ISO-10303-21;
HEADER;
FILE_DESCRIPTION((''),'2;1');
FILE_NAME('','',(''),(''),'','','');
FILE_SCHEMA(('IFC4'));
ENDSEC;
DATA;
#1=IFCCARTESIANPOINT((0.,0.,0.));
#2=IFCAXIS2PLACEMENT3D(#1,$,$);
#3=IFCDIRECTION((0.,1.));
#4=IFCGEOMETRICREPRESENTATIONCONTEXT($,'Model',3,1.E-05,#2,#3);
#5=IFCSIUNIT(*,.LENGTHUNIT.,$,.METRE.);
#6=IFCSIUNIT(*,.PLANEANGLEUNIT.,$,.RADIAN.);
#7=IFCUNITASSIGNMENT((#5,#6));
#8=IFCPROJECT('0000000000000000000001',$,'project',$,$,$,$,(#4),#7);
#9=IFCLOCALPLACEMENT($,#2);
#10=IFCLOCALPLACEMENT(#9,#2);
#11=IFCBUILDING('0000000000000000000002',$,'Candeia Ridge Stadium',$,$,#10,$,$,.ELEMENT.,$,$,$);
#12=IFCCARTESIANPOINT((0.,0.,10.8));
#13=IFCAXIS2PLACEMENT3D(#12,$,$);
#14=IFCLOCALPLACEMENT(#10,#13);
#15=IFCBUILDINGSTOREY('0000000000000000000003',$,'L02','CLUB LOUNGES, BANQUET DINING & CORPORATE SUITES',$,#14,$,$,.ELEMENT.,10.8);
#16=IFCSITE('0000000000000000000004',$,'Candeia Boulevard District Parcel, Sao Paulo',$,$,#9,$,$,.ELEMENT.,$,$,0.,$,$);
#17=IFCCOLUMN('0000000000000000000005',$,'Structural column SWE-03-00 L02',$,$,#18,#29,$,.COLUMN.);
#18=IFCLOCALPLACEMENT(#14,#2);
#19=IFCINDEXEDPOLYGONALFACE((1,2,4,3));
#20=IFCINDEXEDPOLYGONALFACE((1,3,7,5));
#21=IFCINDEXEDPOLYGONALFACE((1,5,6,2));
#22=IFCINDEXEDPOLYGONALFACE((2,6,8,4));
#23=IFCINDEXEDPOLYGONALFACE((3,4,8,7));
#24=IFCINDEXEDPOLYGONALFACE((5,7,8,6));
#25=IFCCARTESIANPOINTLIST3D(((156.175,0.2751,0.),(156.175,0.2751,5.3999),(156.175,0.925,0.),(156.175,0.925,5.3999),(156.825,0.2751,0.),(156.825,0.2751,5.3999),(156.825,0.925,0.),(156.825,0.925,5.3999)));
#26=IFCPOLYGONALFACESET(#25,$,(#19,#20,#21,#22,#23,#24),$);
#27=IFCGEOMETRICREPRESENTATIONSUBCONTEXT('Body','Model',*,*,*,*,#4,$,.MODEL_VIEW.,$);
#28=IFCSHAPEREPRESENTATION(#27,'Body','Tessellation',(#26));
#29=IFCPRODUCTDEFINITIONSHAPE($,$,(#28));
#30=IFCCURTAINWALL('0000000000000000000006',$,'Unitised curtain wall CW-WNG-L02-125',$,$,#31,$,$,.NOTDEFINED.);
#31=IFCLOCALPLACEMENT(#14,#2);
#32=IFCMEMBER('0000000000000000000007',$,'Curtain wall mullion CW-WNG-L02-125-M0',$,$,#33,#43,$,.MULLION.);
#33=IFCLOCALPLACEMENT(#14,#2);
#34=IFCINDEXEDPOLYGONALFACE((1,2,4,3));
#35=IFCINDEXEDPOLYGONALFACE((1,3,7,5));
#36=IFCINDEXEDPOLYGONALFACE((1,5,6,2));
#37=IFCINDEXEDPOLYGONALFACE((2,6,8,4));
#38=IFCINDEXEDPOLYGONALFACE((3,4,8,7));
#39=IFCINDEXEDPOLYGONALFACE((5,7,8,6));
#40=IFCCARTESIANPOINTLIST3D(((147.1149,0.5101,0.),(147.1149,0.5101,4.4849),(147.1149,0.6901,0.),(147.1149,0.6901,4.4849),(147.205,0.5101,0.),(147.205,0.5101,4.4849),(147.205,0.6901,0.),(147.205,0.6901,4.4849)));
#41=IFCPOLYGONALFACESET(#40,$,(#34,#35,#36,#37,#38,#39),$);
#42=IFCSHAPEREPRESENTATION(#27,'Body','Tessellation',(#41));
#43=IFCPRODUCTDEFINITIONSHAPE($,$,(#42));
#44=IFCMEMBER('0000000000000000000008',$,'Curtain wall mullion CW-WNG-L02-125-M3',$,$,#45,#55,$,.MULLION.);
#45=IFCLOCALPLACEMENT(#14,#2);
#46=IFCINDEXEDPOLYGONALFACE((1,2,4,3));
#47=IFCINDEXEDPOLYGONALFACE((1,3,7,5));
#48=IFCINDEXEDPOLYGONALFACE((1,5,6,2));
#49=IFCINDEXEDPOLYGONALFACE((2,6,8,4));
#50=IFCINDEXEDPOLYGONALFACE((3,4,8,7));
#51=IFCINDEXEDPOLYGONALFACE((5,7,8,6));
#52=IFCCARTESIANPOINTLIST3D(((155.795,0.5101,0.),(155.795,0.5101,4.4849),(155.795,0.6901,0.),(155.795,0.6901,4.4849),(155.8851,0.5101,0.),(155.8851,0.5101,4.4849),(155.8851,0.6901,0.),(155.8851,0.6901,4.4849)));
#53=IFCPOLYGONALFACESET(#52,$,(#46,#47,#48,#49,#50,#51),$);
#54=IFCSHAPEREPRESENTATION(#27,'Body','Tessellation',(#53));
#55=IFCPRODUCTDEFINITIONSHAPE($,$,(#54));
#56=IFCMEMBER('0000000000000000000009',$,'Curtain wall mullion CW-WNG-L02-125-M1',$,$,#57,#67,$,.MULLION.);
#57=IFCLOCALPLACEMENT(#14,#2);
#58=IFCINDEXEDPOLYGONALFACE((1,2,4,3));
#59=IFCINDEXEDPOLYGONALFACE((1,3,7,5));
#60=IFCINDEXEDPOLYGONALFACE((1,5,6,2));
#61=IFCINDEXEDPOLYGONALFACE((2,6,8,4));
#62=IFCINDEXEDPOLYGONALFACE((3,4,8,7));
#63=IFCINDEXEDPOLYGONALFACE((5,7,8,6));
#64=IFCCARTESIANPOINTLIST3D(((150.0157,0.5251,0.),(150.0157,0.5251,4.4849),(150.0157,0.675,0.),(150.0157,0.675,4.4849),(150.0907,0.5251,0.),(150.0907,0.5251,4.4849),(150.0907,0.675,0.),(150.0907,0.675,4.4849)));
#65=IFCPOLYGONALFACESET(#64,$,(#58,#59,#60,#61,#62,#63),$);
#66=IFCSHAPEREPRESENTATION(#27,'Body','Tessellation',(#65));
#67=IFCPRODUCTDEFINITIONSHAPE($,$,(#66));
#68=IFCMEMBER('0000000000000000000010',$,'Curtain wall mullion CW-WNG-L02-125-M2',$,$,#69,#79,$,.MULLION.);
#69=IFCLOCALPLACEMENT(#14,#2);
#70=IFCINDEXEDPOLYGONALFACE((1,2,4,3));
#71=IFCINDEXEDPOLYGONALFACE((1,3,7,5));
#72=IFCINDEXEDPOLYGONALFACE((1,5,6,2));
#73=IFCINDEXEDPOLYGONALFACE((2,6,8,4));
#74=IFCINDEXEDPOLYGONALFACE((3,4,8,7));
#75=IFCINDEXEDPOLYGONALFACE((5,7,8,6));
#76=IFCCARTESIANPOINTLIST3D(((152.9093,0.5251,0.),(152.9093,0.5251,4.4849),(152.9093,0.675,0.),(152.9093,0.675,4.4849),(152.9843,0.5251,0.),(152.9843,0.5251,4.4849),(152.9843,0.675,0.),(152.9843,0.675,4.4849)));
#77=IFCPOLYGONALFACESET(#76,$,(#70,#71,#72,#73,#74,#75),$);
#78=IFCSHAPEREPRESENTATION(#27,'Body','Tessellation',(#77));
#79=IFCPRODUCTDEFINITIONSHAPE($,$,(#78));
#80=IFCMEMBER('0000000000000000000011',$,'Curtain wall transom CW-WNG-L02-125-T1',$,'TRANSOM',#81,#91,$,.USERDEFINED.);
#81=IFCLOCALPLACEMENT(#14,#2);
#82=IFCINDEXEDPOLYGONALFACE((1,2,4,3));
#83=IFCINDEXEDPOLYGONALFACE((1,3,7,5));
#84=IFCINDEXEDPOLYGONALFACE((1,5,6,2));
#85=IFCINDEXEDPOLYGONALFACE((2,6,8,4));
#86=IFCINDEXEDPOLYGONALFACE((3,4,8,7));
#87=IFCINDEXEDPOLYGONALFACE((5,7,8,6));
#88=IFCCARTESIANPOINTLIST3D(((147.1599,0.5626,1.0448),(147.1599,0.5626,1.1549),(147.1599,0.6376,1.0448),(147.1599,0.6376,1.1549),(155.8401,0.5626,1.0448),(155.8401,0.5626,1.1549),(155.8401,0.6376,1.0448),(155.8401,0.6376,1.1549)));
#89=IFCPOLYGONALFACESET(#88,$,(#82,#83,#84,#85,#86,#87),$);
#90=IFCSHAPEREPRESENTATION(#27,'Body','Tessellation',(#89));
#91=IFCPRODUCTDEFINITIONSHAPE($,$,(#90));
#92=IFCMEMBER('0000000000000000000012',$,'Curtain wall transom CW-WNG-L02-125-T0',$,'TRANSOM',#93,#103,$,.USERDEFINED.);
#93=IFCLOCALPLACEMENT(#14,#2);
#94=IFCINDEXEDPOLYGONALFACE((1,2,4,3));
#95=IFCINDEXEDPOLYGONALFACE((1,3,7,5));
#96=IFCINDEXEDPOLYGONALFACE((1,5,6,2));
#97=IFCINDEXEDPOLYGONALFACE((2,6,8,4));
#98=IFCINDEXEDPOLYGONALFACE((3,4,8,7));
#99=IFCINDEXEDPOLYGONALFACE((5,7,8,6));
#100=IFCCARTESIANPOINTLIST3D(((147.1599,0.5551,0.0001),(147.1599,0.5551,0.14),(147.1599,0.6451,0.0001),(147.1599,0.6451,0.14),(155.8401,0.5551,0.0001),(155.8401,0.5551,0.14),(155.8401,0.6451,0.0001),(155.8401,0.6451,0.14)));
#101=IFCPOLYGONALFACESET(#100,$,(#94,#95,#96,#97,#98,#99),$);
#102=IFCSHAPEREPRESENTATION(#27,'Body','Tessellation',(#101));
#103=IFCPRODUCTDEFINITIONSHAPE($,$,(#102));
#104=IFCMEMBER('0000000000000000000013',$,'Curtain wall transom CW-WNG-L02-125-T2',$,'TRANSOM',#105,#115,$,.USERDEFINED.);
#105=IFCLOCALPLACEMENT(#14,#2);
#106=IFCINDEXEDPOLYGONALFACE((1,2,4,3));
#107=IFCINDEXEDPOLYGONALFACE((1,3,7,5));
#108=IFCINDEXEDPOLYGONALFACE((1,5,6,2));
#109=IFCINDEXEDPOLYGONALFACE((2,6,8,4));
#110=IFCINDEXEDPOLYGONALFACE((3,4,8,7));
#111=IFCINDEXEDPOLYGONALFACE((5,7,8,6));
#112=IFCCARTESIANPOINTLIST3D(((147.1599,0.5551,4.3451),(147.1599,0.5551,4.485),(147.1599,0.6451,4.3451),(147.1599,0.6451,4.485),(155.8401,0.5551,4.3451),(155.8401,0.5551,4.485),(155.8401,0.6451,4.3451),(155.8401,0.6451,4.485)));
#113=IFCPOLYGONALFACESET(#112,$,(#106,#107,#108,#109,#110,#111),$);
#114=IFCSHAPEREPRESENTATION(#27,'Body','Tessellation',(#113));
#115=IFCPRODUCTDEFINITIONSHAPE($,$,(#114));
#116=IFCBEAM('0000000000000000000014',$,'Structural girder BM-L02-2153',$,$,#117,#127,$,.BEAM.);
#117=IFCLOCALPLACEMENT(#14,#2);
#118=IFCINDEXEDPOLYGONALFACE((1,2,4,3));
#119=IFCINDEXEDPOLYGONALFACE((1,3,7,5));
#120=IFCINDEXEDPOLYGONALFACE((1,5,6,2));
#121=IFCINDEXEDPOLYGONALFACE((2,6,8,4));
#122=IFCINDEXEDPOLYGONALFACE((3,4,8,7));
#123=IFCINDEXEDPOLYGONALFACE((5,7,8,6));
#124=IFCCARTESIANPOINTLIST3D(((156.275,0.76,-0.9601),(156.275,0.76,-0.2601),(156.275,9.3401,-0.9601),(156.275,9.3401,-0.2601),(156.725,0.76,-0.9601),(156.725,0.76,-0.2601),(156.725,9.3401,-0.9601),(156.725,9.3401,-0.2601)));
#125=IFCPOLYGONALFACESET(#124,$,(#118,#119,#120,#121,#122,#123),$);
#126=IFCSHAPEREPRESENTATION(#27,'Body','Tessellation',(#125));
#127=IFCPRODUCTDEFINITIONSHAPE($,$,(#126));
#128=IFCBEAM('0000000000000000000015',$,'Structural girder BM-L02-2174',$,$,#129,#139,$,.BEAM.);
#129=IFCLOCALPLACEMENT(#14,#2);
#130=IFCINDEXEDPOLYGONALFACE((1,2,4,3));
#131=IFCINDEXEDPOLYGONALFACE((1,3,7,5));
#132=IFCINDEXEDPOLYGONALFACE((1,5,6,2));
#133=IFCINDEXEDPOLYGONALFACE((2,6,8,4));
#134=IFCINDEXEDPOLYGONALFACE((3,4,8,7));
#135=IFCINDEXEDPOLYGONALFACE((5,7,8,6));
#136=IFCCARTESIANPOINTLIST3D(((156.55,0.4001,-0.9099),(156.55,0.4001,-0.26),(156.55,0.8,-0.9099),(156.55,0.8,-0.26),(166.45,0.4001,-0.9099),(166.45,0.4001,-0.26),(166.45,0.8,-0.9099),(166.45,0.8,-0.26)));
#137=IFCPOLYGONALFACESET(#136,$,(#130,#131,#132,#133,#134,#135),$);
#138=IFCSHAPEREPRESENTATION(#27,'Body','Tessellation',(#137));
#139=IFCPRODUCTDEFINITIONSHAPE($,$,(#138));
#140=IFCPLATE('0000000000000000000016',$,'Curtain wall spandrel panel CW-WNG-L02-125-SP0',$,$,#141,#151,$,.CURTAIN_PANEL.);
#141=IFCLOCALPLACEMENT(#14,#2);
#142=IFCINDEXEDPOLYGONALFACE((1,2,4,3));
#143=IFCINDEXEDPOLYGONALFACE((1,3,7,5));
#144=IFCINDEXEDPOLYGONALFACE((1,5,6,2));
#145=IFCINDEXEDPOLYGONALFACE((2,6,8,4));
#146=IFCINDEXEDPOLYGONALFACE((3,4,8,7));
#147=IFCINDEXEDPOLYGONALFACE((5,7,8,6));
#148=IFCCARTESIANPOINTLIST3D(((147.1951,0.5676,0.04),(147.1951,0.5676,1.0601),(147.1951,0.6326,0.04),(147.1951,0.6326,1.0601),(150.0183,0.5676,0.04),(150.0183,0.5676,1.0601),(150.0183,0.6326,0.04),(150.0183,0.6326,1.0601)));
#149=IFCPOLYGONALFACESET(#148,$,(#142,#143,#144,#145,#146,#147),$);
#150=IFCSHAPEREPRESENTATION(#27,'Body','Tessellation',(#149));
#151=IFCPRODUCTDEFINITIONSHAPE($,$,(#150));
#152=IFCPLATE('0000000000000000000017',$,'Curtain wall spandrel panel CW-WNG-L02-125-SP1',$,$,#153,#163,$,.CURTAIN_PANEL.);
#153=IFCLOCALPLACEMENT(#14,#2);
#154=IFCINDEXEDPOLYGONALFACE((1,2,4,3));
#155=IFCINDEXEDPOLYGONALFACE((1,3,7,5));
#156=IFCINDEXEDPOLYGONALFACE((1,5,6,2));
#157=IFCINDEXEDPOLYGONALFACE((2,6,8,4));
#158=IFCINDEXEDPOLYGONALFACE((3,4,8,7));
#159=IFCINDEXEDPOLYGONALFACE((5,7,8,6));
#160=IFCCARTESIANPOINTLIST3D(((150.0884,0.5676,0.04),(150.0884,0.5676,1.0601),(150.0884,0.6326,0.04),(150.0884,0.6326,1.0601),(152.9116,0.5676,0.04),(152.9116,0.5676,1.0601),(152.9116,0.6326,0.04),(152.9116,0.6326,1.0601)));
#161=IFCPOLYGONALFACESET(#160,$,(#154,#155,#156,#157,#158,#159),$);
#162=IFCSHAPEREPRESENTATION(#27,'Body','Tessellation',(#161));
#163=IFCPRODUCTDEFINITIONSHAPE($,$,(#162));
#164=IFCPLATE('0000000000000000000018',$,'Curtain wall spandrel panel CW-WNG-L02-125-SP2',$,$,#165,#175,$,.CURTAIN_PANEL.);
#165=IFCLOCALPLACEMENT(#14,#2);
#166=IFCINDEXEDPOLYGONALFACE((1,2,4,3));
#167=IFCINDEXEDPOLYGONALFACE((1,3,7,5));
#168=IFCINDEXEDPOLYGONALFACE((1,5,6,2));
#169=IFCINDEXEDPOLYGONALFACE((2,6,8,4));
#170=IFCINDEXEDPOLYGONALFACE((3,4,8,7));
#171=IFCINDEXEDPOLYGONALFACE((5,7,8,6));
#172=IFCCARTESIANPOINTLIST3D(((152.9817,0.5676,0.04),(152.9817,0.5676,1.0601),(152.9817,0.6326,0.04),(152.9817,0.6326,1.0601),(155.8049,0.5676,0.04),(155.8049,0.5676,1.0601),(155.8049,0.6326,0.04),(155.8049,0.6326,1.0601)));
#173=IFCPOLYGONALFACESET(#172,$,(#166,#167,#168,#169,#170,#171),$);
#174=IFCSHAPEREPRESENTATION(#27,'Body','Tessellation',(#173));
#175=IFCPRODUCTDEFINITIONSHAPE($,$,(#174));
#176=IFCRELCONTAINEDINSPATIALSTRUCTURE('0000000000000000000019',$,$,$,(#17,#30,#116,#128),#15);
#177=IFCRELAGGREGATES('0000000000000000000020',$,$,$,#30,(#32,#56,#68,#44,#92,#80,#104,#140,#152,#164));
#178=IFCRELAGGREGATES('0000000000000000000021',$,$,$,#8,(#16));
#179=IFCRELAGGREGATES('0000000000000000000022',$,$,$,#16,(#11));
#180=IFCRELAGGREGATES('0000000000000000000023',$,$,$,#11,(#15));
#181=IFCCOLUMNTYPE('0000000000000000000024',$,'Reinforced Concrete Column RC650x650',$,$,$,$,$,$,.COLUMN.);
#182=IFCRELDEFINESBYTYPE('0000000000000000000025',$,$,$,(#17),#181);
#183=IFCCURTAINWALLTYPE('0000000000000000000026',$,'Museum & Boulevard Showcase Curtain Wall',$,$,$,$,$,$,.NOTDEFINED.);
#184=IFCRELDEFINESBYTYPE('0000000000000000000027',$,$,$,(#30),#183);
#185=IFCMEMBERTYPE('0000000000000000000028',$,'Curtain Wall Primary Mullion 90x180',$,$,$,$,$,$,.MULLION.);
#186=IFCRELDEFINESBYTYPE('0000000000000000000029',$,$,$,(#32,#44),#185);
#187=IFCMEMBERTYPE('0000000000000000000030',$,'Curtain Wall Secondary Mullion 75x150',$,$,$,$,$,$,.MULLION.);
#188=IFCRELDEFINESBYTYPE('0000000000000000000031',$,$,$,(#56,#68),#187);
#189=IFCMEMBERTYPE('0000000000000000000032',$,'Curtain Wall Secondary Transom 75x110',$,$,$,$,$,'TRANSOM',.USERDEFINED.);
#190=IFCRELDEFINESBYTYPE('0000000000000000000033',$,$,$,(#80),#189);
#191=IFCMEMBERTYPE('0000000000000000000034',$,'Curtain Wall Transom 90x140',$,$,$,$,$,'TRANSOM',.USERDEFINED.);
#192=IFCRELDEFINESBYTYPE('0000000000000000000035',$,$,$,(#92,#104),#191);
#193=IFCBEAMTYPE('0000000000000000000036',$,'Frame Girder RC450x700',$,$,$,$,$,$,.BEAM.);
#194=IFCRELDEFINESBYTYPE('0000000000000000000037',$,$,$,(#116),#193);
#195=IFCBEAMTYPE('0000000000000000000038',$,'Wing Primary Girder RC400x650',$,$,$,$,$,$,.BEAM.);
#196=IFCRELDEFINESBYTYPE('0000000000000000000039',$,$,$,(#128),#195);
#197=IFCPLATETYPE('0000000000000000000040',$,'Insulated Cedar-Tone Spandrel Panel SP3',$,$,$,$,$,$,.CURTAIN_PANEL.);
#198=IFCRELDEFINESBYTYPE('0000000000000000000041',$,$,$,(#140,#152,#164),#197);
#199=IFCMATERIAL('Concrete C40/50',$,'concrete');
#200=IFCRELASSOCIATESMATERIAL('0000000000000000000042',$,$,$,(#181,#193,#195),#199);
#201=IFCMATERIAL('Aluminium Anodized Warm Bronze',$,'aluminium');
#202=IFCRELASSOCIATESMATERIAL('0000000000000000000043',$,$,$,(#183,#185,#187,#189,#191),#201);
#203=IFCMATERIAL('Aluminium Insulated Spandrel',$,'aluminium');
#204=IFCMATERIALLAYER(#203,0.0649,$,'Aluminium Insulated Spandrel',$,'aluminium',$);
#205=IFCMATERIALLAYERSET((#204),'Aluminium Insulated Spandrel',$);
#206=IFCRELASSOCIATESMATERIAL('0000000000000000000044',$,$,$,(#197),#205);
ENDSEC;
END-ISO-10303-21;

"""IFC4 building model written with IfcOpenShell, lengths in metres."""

from ifc_helpers import new_model, si_unit, direction, frame, origin, origin_2d, place, context, subcontext, project, spatial, rectangle, extrude, material, layer, layer_set, material_profile, profile_set, type_object, element, aggregate, save


model = new_model("IFC4")

# Units and contexts
model_context = context("Model", 3, precision=1e-05, world=origin(), true_north=direction((0.0, 1.0)))
body_context = subcontext(model_context, "Body", "Model", "MODEL_VIEW")
ifc_project = project(units=[si_unit("LENGTHUNIT", "METRE"), si_unit("PLANEANGLEUNIT", "RADIAN")], contexts=[model_context])

# Site, building, storey
site_placement = place(None, origin())
site = spatial("IfcSite", under=ifc_project, at=site_placement, Name="Candeia Boulevard District Parcel, Sao Paulo", CompositionType="ELEMENT", RefElevation=0.0)
building_placement = place(site_placement, origin())
building = spatial("IfcBuilding", under=site, at=building_placement, Name="Candeia Ridge Stadium", CompositionType="ELEMENT")
storey_placement = place(building_placement, frame((0.0, 0.0, 10.8)))
storey = spatial("IfcBuildingStorey", under=building, at=storey_placement, Name="L02", Description="CLUB LOUNGES, BANQUET DINING & CORPORATE SUITES", CompositionType="ELEMENT", Elevation=10.8)

# Column
ifc_material_1 = material(Name="Concrete C40/50", Category="concrete")
ifc_material_profile_1 = material_profile(ifc_material_1, rectangle(XDim=0.6499, YDim=0.6499, at=origin_2d()), Name="RC650x650", Category="concrete")
ifc_profile_set_1 = profile_set([ifc_material_profile_1], Name="Concrete C40/50")
column_type = type_object("IfcColumnType", Name="Reinforced Concrete Column RC650x650", PredefinedType="COLUMN", material=ifc_profile_set_1)
column_placement = place(storey_placement, frame((156.5, 0.6001, 0.0), z_axis=(0.0, 0.0, 1.0), x_axis=(1.0, 0.0, 0.0)))
element("IfcColumn", 1, at=column_placement, inside=storey, type_object=column_type, Name="Structural column SWE-03-00 L02", PredefinedType="COLUMN", context=body_context, shape_type="SweptSolid", body=[
    extrude(rectangle(XDim=0.6499, YDim=0.6499, at=origin_2d()), origin(), (0.0, 0.0, 1.0), 5.3999),
])

# Curtain wall, members
ifc_material_2 = material(Name="Aluminium Anodized Warm Bronze", Category="aluminium")
curtain_wall_type = type_object("IfcCurtainWallType", Name="Museum & Boulevard Showcase Curtain Wall", PredefinedType="NOTDEFINED", material=ifc_material_2)
curtain_wall_placement = place(storey_placement, origin())
curtain_wall = element("IfcCurtainWall", 2, at=curtain_wall_placement, inside=storey, type_object=curtain_wall_type, Name="Unitised curtain wall CW-WNG-L02-125", PredefinedType="NOTDEFINED")
ifc_material_profile_2 = material_profile(ifc_material_2, rectangle(XDim=0.0901, YDim=0.1799, at=origin_2d()), Name="CWM-90x180", Category="aluminium")
ifc_profile_set_2 = profile_set([ifc_material_profile_2], Name="Aluminium Anodized Warm Bronze")
member_type_1 = type_object("IfcMemberType", Name="Curtain Wall Primary Mullion 90x180", PredefinedType="MULLION", material=ifc_profile_set_2)
member_1_placement = place(storey_placement, frame((147.1599, 0.6001, 0.0), z_axis=(0.0, 0.0, 1.0), x_axis=(1.0, 0.0, 0.0)))
member_1 = element("IfcMember", 3, at=member_1_placement, type_object=member_type_1, Name="Curtain wall mullion CW-WNG-L02-125-M0", PredefinedType="MULLION", context=body_context, shape_type="SweptSolid", body=[
    extrude(rectangle(XDim=0.0901, YDim=0.1799, at=origin_2d()), origin(), (0.0, 0.0, 1.0), 4.4849),
])
member_2_placement = place(storey_placement, frame((155.8401, 0.6001, 0.0), z_axis=(0.0, 0.0, 1.0), x_axis=(1.0, 0.0, 0.0)))
member_2 = element("IfcMember", 4, at=member_2_placement, type_object=member_type_1, Name="Curtain wall mullion CW-WNG-L02-125-M3", PredefinedType="MULLION", context=body_context, shape_type="SweptSolid", body=[
    extrude(rectangle(XDim=0.0901, YDim=0.1799, at=origin_2d()), origin(), (0.0, 0.0, 1.0), 4.4849),
])
ifc_material_profile_3 = material_profile(ifc_material_2, rectangle(XDim=0.075, YDim=0.1499, at=origin_2d()), Name="CWM-75x150", Category="aluminium")
ifc_profile_set_3 = profile_set([ifc_material_profile_3], Name="Aluminium Anodized Warm Bronze")
member_type_2 = type_object("IfcMemberType", Name="Curtain Wall Secondary Mullion 75x150", PredefinedType="MULLION", material=ifc_profile_set_3)
member_3_placement = place(storey_placement, frame((150.0532, 0.6001, 0.0), z_axis=(0.0, 0.0, 1.0), x_axis=(1.0, 0.0, 0.0)))
member_3 = element("IfcMember", 5, at=member_3_placement, type_object=member_type_2, Name="Curtain wall mullion CW-WNG-L02-125-M1", PredefinedType="MULLION", context=body_context, shape_type="SweptSolid", body=[
    extrude(rectangle(XDim=0.075, YDim=0.1499, at=origin_2d()), origin(), (0.0, 0.0, 1.0), 4.4849),
])
member_4_placement = place(storey_placement, frame((152.9468, 0.6001, 0.0), z_axis=(0.0, 0.0, 1.0), x_axis=(1.0, 0.0, 0.0)))
member_4 = element("IfcMember", 6, at=member_4_placement, type_object=member_type_2, Name="Curtain wall mullion CW-WNG-L02-125-M2", PredefinedType="MULLION", context=body_context, shape_type="SweptSolid", body=[
    extrude(rectangle(XDim=0.075, YDim=0.1499, at=origin_2d()), origin(), (0.0, 0.0, 1.0), 4.4849),
])
ifc_material_profile_4 = material_profile(ifc_material_2, rectangle(XDim=0.075, YDim=0.1101, at=origin_2d()), Name="CWT-75x110", Category="aluminium")
ifc_profile_set_4 = profile_set([ifc_material_profile_4], Name="Aluminium Anodized Warm Bronze")
member_type_3 = type_object("IfcMemberType", Name="Curtain Wall Secondary Transom 75x110", ElementType="TRANSOM", PredefinedType="USERDEFINED", material=ifc_profile_set_4)
member_5_placement = place(storey_placement, frame((147.1599, 0.6001, 1.0999), z_axis=(1.0, 0.0, 0.0), x_axis=(0.0, 1.0, 0.0)))
member_5 = element("IfcMember", 7, at=member_5_placement, type_object=member_type_3, Name="Curtain wall transom CW-WNG-L02-125-T1", ObjectType="TRANSOM", PredefinedType="USERDEFINED", context=body_context, shape_type="SweptSolid", body=[
    extrude(rectangle(XDim=0.075, YDim=0.1101, at=origin_2d()), origin(), (0.0, 0.0, 1.0), 8.6802),
])
ifc_material_profile_5 = material_profile(ifc_material_2, rectangle(XDim=0.0901, YDim=0.1399, at=origin_2d()), Name="CWT-90x140", Category="aluminium")
ifc_profile_set_5 = profile_set([ifc_material_profile_5], Name="Aluminium Anodized Warm Bronze")
member_type_4 = type_object("IfcMemberType", Name="Curtain Wall Transom 90x140", ElementType="TRANSOM", PredefinedType="USERDEFINED", material=ifc_profile_set_5)
member_6_placement = place(storey_placement, frame((147.1599, 0.6001, 0.0701), z_axis=(1.0, 0.0, 0.0), x_axis=(0.0, 1.0, 0.0)))
member_6 = element("IfcMember", 8, at=member_6_placement, type_object=member_type_4, Name="Curtain wall transom CW-WNG-L02-125-T0", ObjectType="TRANSOM", PredefinedType="USERDEFINED", context=body_context, shape_type="SweptSolid", body=[
    extrude(rectangle(XDim=0.0901, YDim=0.1399, at=origin_2d()), origin(), (0.0, 0.0, 1.0), 8.6802),
])
member_7_placement = place(storey_placement, frame((147.1599, 0.6001, 4.415), z_axis=(1.0, 0.0, 0.0), x_axis=(0.0, 1.0, 0.0)))
member_7 = element("IfcMember", 9, at=member_7_placement, type_object=member_type_4, Name="Curtain wall transom CW-WNG-L02-125-T2", ObjectType="TRANSOM", PredefinedType="USERDEFINED", context=body_context, shape_type="SweptSolid", body=[
    extrude(rectangle(XDim=0.0901, YDim=0.1399, at=origin_2d()), origin(), (0.0, 0.0, 1.0), 8.6802),
])

# Beams
ifc_material_profile_6 = material_profile(ifc_material_1, rectangle(XDim=0.45, YDim=0.7, at=origin_2d()), Name="RC450x700", Category="concrete")
ifc_profile_set_6 = profile_set([ifc_material_profile_6], Name="Concrete C40/50")
beam_type_1 = type_object("IfcBeamType", Name="Frame Girder RC450x700", PredefinedType="BEAM", material=ifc_profile_set_6)
beam_1_placement = place(storey_placement, frame((156.5, 0.76, -0.6101), z_axis=(0.0, 1.0, 0.0), x_axis=(-1.0, 0.0, 0.0)))
element("IfcBeam", 10, at=beam_1_placement, inside=storey, type_object=beam_type_1, Name="Structural girder BM-L02-2153", PredefinedType="BEAM", context=body_context, shape_type="SweptSolid", body=[
    extrude(rectangle(XDim=0.45, YDim=0.7, at=origin_2d()), origin(), (0.0, 0.0, 1.0), 8.5801),
])
ifc_material_profile_7 = material_profile(ifc_material_1, rectangle(XDim=0.3999, YDim=0.6499, at=origin_2d()), Name="RC400x650", Category="concrete")
ifc_profile_set_7 = profile_set([ifc_material_profile_7], Name="Concrete C40/50")
beam_type_2 = type_object("IfcBeamType", Name="Wing Primary Girder RC400x650", PredefinedType="BEAM", material=ifc_profile_set_7)
beam_2_placement = place(storey_placement, frame((156.55, 0.6001, -0.585), z_axis=(1.0, 0.0, 0.0), x_axis=(0.0, 1.0, 0.0)))
element("IfcBeam", 11, at=beam_2_placement, inside=storey, type_object=beam_type_2, Name="Structural girder BM-L02-2174", PredefinedType="BEAM", context=body_context, shape_type="SweptSolid", body=[
    extrude(rectangle(XDim=0.3999, YDim=0.6499, at=origin_2d()), origin(), (0.0, 0.0, 1.0), 9.8999),
])

# Plates
ifc_material_3 = material(Name="Aluminium Insulated Spandrel", Category="aluminium")
ifc_layer_1 = layer(ifc_material_3, 0.0649, Name="Aluminium Insulated Spandrel", Category="aluminium")
ifc_layer_set_1 = layer_set([ifc_layer_1], Name="Aluminium Insulated Spandrel")
plate_type_1 = type_object("IfcPlateType", Name="Insulated Cedar-Tone Spandrel Panel SP3", PredefinedType="CURTAIN_PANEL", material=ifc_layer_set_1)
plate_1_placement = place(storey_placement, frame((148.6067, 0.6001, 0.04), z_axis=(0.0, 0.0, 1.0), x_axis=(1.0, 0.0, 0.0)))
plate_1 = element("IfcPlate", 12, at=plate_1_placement, type_object=plate_type_1, Name="Curtain wall spandrel panel CW-WNG-L02-125-SP0", PredefinedType="CURTAIN_PANEL", context=body_context, shape_type="SweptSolid", body=[
    extrude(rectangle(XDim=2.8232, YDim=0.0649, at=origin_2d()), origin(), (0.0, 0.0, 1.0), 1.02),
])
plate_2_placement = place(storey_placement, frame((151.5, 0.6001, 0.04), z_axis=(0.0, 0.0, 1.0), x_axis=(1.0, 0.0, 0.0)))
plate_2 = element("IfcPlate", 13, at=plate_2_placement, type_object=plate_type_1, Name="Curtain wall spandrel panel CW-WNG-L02-125-SP1", PredefinedType="CURTAIN_PANEL", context=body_context, shape_type="SweptSolid", body=[
    extrude(rectangle(XDim=2.8232, YDim=0.0649, at=origin_2d()), origin(), (0.0, 0.0, 1.0), 1.02),
])
plate_3_placement = place(storey_placement, frame((154.3933, 0.6001, 0.04), z_axis=(0.0, 0.0, 1.0), x_axis=(1.0, 0.0, 0.0)))
plate_3 = element("IfcPlate", 14, at=plate_3_placement, type_object=plate_type_1, Name="Curtain wall spandrel panel CW-WNG-L02-125-SP2", PredefinedType="CURTAIN_PANEL", context=body_context, shape_type="SweptSolid", body=[
    extrude(rectangle(XDim=2.8232, YDim=0.0649, at=origin_2d()), origin(), (0.0, 0.0, 1.0), 1.02),
])
aggregate(curtain_wall, [member_1, member_3, member_4, member_2, member_6, member_5, member_7, plate_1, plate_2, plate_3])

save(model, "model.ifc")
